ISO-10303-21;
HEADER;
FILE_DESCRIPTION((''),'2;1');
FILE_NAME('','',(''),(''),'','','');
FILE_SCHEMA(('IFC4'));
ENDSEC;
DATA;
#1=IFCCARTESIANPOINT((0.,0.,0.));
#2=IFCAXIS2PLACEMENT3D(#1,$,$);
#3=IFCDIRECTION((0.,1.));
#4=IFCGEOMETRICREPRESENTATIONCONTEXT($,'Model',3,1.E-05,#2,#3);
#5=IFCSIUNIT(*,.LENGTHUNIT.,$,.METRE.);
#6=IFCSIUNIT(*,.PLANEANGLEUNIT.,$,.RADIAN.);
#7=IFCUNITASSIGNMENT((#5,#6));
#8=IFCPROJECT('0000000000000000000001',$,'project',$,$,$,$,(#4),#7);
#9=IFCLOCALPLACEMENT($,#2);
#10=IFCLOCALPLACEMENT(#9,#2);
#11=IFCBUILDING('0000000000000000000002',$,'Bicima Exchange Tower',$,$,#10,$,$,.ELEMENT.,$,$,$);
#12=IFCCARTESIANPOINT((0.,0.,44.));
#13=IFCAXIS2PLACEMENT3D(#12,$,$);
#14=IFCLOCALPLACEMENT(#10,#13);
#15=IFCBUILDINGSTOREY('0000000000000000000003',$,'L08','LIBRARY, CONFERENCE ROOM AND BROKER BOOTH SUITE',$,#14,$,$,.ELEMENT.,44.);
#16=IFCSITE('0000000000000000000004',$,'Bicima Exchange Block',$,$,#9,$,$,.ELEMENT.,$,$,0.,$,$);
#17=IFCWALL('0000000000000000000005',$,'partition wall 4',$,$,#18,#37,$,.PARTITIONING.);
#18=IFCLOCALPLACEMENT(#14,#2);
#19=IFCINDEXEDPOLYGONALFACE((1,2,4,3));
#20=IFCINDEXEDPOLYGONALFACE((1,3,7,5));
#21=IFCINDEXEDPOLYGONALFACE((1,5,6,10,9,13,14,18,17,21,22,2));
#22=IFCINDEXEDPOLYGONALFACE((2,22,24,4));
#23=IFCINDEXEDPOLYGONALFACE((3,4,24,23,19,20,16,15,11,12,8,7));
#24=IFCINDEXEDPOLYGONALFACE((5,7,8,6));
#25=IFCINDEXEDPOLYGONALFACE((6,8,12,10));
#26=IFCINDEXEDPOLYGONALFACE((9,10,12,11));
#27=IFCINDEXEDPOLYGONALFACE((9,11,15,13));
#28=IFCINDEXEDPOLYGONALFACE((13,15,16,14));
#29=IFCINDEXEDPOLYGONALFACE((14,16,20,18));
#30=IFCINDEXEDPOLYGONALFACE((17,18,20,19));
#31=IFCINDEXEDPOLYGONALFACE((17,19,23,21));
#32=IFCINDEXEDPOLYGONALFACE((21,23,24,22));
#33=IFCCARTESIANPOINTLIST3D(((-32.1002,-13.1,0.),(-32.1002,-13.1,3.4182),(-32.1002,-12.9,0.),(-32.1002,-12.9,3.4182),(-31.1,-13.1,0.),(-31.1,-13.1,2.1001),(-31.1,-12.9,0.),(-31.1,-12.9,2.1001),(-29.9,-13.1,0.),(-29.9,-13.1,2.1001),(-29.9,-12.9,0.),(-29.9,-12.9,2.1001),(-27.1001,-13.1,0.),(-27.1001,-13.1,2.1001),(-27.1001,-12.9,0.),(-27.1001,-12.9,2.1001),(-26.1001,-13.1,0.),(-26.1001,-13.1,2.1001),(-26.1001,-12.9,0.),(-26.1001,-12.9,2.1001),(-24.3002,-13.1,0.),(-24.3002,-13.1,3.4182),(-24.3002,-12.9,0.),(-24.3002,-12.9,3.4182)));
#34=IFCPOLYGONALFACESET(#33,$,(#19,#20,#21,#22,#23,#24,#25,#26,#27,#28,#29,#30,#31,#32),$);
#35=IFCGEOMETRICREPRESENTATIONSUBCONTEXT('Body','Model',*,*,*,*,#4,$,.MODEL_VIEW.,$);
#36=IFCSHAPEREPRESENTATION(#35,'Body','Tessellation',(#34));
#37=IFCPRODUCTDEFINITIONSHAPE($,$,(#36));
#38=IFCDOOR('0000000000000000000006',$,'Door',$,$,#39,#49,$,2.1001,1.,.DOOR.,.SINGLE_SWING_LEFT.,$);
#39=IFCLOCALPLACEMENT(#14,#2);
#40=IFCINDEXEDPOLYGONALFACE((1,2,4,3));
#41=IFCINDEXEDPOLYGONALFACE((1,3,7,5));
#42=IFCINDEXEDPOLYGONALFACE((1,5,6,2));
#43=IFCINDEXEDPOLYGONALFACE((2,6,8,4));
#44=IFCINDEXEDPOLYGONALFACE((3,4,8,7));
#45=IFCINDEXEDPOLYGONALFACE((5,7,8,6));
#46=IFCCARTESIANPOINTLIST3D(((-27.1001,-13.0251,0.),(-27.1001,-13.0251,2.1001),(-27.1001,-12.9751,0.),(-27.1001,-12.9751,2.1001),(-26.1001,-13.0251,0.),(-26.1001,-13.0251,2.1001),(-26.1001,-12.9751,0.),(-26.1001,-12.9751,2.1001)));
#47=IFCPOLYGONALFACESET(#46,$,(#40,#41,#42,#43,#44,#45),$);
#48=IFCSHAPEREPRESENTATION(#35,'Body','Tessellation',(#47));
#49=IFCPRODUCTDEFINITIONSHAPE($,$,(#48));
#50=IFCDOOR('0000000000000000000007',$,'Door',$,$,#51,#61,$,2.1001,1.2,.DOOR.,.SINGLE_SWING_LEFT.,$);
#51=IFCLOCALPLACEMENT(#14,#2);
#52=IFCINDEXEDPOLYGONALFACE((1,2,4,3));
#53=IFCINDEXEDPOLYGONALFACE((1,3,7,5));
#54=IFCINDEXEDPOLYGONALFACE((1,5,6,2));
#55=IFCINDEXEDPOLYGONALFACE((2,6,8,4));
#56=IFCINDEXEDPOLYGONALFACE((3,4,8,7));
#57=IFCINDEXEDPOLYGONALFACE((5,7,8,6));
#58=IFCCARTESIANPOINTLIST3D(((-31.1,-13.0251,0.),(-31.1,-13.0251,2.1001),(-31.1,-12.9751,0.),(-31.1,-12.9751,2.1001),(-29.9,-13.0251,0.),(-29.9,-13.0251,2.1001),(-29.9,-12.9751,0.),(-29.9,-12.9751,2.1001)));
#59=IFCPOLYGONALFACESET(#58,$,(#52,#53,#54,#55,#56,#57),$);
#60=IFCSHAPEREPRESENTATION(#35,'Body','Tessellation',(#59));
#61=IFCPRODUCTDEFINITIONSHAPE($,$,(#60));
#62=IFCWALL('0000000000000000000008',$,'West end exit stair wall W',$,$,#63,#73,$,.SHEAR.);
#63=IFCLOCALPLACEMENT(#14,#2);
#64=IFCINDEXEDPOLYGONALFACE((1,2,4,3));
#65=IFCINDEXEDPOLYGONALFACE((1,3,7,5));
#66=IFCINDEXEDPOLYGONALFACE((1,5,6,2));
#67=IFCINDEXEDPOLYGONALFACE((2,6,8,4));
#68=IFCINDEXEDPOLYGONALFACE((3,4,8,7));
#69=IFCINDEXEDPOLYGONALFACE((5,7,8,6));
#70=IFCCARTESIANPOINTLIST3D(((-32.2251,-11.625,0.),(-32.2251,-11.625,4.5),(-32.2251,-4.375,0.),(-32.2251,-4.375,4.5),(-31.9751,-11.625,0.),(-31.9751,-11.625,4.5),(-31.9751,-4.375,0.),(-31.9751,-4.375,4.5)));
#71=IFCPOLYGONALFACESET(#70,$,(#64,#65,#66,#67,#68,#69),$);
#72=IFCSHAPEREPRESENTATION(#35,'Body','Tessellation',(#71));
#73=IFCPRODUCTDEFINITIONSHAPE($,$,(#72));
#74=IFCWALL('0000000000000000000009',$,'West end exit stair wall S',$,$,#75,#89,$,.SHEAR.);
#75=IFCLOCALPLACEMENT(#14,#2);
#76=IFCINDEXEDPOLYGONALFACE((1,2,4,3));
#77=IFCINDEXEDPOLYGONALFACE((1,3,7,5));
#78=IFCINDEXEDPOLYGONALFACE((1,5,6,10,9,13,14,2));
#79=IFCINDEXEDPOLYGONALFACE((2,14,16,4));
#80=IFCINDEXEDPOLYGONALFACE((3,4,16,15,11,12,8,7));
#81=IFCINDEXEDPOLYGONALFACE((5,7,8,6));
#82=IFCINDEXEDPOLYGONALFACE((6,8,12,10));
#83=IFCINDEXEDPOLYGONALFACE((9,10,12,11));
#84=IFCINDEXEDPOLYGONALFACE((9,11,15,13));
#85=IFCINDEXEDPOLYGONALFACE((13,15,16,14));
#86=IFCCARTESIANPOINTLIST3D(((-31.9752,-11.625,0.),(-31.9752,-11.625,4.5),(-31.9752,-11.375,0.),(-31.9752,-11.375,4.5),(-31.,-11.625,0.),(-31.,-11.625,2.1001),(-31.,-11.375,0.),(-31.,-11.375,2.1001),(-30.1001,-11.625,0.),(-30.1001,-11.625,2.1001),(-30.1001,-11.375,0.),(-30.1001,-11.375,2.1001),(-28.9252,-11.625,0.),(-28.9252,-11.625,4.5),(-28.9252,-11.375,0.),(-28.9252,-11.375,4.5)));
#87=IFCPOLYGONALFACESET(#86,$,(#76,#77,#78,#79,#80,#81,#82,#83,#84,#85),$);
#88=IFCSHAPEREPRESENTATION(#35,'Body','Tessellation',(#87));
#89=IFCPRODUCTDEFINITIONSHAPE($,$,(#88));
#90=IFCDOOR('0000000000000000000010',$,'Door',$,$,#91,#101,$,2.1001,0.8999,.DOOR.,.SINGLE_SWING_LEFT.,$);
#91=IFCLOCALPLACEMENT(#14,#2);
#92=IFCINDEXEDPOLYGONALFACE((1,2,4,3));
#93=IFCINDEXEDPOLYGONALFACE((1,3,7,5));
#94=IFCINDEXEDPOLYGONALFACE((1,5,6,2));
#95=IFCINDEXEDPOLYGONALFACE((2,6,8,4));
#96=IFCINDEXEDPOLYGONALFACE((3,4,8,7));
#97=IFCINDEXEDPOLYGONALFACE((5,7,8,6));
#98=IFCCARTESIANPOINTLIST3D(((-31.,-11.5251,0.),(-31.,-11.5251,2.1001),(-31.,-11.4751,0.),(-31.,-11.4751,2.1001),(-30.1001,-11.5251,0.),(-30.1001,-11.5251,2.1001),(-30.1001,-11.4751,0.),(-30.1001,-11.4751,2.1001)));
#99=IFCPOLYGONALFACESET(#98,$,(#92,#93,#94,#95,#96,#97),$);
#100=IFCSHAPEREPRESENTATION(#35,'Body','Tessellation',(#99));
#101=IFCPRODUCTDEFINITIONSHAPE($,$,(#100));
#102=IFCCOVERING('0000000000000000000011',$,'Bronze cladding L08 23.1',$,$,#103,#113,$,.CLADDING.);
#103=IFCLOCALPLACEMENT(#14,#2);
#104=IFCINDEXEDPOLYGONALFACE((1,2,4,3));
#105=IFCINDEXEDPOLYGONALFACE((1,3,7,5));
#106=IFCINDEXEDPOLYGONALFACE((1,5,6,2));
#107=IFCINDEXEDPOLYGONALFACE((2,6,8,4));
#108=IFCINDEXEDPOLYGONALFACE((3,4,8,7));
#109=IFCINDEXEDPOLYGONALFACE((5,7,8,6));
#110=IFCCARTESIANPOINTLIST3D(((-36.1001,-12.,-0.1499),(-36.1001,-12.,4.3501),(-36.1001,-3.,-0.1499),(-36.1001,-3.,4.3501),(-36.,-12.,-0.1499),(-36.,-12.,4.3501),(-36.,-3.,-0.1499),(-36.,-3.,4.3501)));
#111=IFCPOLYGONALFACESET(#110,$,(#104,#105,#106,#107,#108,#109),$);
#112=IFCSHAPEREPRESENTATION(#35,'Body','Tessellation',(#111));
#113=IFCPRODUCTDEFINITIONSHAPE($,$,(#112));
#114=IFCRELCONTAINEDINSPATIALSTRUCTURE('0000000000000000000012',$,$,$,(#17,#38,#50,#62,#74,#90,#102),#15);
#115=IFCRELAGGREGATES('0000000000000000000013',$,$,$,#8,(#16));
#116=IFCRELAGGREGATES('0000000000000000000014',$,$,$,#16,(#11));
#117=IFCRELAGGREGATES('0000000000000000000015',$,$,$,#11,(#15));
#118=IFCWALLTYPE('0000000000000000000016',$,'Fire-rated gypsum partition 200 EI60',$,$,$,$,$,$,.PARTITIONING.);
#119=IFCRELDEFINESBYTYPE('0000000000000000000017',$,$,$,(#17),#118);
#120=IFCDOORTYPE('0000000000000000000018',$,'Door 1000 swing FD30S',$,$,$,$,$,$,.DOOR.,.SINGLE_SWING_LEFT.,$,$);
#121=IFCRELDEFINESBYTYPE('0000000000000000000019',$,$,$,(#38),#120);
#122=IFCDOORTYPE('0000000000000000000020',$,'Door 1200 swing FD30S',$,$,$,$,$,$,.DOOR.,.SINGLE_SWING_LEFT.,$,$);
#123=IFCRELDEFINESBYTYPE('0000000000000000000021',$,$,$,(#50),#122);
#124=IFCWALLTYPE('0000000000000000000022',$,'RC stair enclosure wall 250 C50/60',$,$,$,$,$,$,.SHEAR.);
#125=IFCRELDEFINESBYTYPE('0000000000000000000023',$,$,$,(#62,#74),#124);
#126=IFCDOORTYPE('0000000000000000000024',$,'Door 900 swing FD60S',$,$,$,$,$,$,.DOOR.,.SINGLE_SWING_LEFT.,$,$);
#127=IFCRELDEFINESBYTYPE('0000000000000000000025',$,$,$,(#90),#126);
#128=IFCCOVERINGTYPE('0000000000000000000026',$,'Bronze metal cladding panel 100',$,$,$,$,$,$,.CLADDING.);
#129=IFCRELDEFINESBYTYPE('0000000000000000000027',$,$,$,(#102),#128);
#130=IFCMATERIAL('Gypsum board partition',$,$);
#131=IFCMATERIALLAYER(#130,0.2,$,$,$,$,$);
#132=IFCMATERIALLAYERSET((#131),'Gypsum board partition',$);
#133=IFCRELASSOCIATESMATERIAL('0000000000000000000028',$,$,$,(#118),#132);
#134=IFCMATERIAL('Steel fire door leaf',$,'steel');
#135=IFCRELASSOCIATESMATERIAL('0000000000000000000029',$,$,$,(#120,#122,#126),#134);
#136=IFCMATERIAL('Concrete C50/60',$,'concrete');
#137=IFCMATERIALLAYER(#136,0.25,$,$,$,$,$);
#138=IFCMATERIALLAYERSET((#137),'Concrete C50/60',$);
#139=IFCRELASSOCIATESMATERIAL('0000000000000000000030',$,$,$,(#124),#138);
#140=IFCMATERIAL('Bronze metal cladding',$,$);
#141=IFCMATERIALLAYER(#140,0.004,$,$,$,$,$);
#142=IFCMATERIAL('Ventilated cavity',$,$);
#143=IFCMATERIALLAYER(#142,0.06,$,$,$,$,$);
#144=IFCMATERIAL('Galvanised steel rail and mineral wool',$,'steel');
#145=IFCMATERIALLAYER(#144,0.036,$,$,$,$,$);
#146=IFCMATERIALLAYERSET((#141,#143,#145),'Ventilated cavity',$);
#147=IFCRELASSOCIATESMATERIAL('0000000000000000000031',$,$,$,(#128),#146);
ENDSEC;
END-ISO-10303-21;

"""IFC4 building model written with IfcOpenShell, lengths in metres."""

from ifc_helpers import new_model, si_unit, direction, frame, frame_2d, origin, origin_2d, place, context, subcontext, project, spatial, rectangle, extrude, material, layer, layer_set, type_object, element, fill, save


model = new_model("IFC4")

# Units and contexts
model_context = context("Model", 3, precision=1e-05, world=origin(), true_north=direction((0.0, 1.0)))
body_context = subcontext(model_context, "Body", "Model", "MODEL_VIEW")
ifc_project = project(units=[si_unit("LENGTHUNIT", "METRE"), si_unit("PLANEANGLEUNIT", "RADIAN")], contexts=[model_context])

# Site, building, storey
site_placement = place(None, origin())
site = spatial("IfcSite", under=ifc_project, at=site_placement, Name="Bicima Exchange Block", CompositionType="ELEMENT", RefElevation=0.0)
building_placement = place(site_placement, origin())
building = spatial("IfcBuilding", under=site, at=building_placement, Name="Bicima Exchange Tower", CompositionType="ELEMENT")
storey_placement = place(building_placement, frame((0.0, 0.0, 44.0)))
storey = spatial("IfcBuildingStorey", under=building, at=storey_placement, Name="L08", Description="LIBRARY, CONFERENCE ROOM AND BROKER BOOTH SUITE", CompositionType="ELEMENT", Elevation=44.0)

# Wall, openings, doors
ifc_material_1 = material(Name="Gypsum board partition")
ifc_layer_1 = layer(ifc_material_1, 0.2)
ifc_layer_set_1 = layer_set([ifc_layer_1], Name="Gypsum board partition")
wall_type_1 = type_object("IfcWallType", Name="Fire-rated gypsum partition 200 EI60", PredefinedType="PARTITIONING", material=ifc_layer_set_1)
ifc_material_2 = material(Name="Steel fire door leaf", Category="steel")
door_type_1 = type_object("IfcDoorType", Name="Door 1000 swing FD30S", OperationType="SINGLE_SWING_LEFT", PredefinedType="DOOR", material=ifc_material_2)
wall_1_placement = place(storey_placement, frame((-32.1001, -13.0, 0.0), z_axis=(0.0, 0.0, 1.0), x_axis=(1.0, 0.0, 0.0)))
wall_1 = element("IfcWall", 1, at=wall_1_placement, inside=storey, type_object=wall_type_1, Name="partition wall 4", PredefinedType="PARTITIONING", context=body_context, shape_type="SweptSolid", body=[
    extrude(rectangle(XDim=7.8, YDim=0.2, at=frame_2d((3.8999, 0.0))), origin(), (0.0, 0.0, 1.0), 3.4182),
])
opening_1_placement = place(wall_1_placement, frame((1.0, 0.0, 0.0)))
opening_1 = element("IfcOpeningElement", 2, at=opening_1_placement, cuts=wall_1, PredefinedType="OPENING", context=body_context, shape_type="SweptSolid", body=[
    extrude(rectangle(XDim=1.2, YDim=2.1001, at=frame_2d((0.6001, 1.05))), frame((0.0, 0.1118, 0.0), z_axis=(0.0, -1.0, 0.0), x_axis=(1.0, 0.0, 0.0)), (0.0, 0.0, 1.0), 0.2239),
])
opening_2_placement = place(wall_1_placement, frame((5.0, 0.0, 0.0)))
opening_2 = element("IfcOpeningElement", 3, at=opening_2_placement, cuts=wall_1, PredefinedType="OPENING", context=body_context, shape_type="SweptSolid", body=[
    extrude(rectangle(XDim=1.0, YDim=2.1001, at=frame_2d((0.5, 1.05))), frame((0.0, 0.1118, 0.0), z_axis=(0.0, -1.0, 0.0), x_axis=(1.0, 0.0, 0.0)), (0.0, 0.0, 1.0), 0.2239),
])
door_1_placement = place(opening_2_placement, origin())
door_1 = element("IfcDoor", 4, at=door_1_placement, inside=storey, type_object=door_type_1, Name="Door", OperationType="SINGLE_SWING_LEFT", OverallHeight=2.1001, OverallWidth=1.0, PredefinedType="DOOR", context=body_context, shape_type="SweptSolid", body=[
    extrude(rectangle(XDim=1.0, YDim=2.1001, at=frame_2d((0.5, 1.05))), frame((0.0, 0.0249, 0.0), z_axis=(0.0, -1.0, 0.0), x_axis=(1.0, 0.0, 0.0)), (0.0, 0.0, 1.0), 0.05),
])
fill(opening_2, door_1)
door_type_2 = type_object("IfcDoorType", Name="Door 1200 swing FD30S", OperationType="SINGLE_SWING_LEFT", PredefinedType="DOOR", material=ifc_material_2)
door_2_placement = place(opening_1_placement, origin())
door_2 = element("IfcDoor", 5, at=door_2_placement, inside=storey, type_object=door_type_2, Name="Door", OperationType="SINGLE_SWING_LEFT", OverallHeight=2.1001, OverallWidth=1.2, PredefinedType="DOOR", context=body_context, shape_type="SweptSolid", body=[
    extrude(rectangle(XDim=1.2, YDim=2.1001, at=frame_2d((0.6001, 1.05))), frame((0.0, 0.0249, 0.0), z_axis=(0.0, -1.0, 0.0), x_axis=(1.0, 0.0, 0.0)), (0.0, 0.0, 1.0), 0.05),
])
fill(opening_1, door_2)

# Wall
ifc_material_3 = material(Name="Concrete C50/60", Category="concrete")
ifc_layer_2 = layer(ifc_material_3, 0.25)
ifc_layer_set_2 = layer_set([ifc_layer_2], Name="Concrete C50/60")
wall_type_2 = type_object("IfcWallType", Name="RC stair enclosure wall 250 C50/60", PredefinedType="SHEAR", material=ifc_layer_set_2)
wall_2_placement = place(storey_placement, frame((-32.1001, -11.625, 0.0), z_axis=(0.0, 0.0, 1.0), x_axis=(0.0, 1.0, 0.0)))
element("IfcWall", 6, at=wall_2_placement, inside=storey, type_object=wall_type_2, Name="West end exit stair wall W", PredefinedType="SHEAR", context=body_context, shape_type="SweptSolid", body=[
    extrude(rectangle(XDim=7.25, YDim=0.25, at=frame_2d((3.625, 0.0))), origin(), (0.0, 0.0, 1.0), 4.5),
])

# Wall, opening, door
wall_3_placement = place(storey_placement, frame((-31.9751, -11.5, 0.0), z_axis=(0.0, 0.0, 1.0), x_axis=(1.0, 0.0, 0.0)))
wall_3 = element("IfcWall", 7, at=wall_3_placement, inside=storey, type_object=wall_type_2, Name="West end exit stair wall S", PredefinedType="SHEAR", context=body_context, shape_type="SweptSolid", body=[
    extrude(rectangle(XDim=3.05, YDim=0.25, at=frame_2d((1.5249, 0.0))), origin(), (0.0, 0.0, 1.0), 4.5),
])
opening_3_placement = place(wall_3_placement, frame((0.9751, 0.0, 0.0)))
opening_3 = element("IfcOpeningElement", 8, at=opening_3_placement, cuts=wall_3, PredefinedType="OPENING", context=body_context, shape_type="SweptSolid", body=[
    extrude(rectangle(XDim=0.8999, YDim=2.1001, at=frame_2d((0.45, 1.05))), frame((0.0, 0.137, 0.0), z_axis=(0.0, -1.0, 0.0), x_axis=(1.0, 0.0, 0.0)), (0.0, 0.0, 1.0), 0.2739),
])
door_type_3 = type_object("IfcDoorType", Name="Door 900 swing FD60S", OperationType="SINGLE_SWING_LEFT", PredefinedType="DOOR", material=ifc_material_2)
door_3_placement = place(opening_3_placement, origin())
door_3 = element("IfcDoor", 9, at=door_3_placement, inside=storey, type_object=door_type_3, Name="Door", OperationType="SINGLE_SWING_LEFT", OverallHeight=2.1001, OverallWidth=0.8999, PredefinedType="DOOR", context=body_context, shape_type="SweptSolid", body=[
    extrude(rectangle(XDim=0.8999, YDim=2.1001, at=frame_2d((0.45, 1.05))), frame((0.0, 0.0249, 0.0), z_axis=(0.0, -1.0, 0.0), x_axis=(1.0, 0.0, 0.0)), (0.0, 0.0, 1.0), 0.05),
])
fill(opening_3, door_3)

# Covering
ifc_material_4 = material(Name="Bronze metal cladding")
ifc_layer_3 = layer(ifc_material_4, 0.004)
ifc_material_5 = material(Name="Ventilated cavity")
ifc_layer_4 = layer(ifc_material_5, 0.06)
ifc_material_6 = material(Name="Galvanised steel rail and mineral wool", Category="steel")
ifc_layer_5 = layer(ifc_material_6, 0.036)
ifc_layer_set_3 = layer_set([ifc_layer_3, ifc_layer_4, ifc_layer_5], Name="Ventilated cavity")
covering_type = type_object("IfcCoveringType", Name="Bronze metal cladding panel 100", PredefinedType="CLADDING", material=ifc_layer_set_3)
covering_placement = place(storey_placement, frame((-36.05, -7.5, -0.1499), z_axis=(0.0, 0.0, 1.0), x_axis=(0.0, -1.0, 0.0)))
element("IfcCovering", 10, at=covering_placement, inside=storey, type_object=covering_type, Name="Bronze cladding L08 23.1", PredefinedType="CLADDING", context=body_context, shape_type="SweptSolid", body=[
    extrude(rectangle(XDim=9.0, YDim=0.1001, at=origin_2d()), origin(), (0.0, 0.0, 1.0), 4.5),
])

save(model, "model.ifc")
